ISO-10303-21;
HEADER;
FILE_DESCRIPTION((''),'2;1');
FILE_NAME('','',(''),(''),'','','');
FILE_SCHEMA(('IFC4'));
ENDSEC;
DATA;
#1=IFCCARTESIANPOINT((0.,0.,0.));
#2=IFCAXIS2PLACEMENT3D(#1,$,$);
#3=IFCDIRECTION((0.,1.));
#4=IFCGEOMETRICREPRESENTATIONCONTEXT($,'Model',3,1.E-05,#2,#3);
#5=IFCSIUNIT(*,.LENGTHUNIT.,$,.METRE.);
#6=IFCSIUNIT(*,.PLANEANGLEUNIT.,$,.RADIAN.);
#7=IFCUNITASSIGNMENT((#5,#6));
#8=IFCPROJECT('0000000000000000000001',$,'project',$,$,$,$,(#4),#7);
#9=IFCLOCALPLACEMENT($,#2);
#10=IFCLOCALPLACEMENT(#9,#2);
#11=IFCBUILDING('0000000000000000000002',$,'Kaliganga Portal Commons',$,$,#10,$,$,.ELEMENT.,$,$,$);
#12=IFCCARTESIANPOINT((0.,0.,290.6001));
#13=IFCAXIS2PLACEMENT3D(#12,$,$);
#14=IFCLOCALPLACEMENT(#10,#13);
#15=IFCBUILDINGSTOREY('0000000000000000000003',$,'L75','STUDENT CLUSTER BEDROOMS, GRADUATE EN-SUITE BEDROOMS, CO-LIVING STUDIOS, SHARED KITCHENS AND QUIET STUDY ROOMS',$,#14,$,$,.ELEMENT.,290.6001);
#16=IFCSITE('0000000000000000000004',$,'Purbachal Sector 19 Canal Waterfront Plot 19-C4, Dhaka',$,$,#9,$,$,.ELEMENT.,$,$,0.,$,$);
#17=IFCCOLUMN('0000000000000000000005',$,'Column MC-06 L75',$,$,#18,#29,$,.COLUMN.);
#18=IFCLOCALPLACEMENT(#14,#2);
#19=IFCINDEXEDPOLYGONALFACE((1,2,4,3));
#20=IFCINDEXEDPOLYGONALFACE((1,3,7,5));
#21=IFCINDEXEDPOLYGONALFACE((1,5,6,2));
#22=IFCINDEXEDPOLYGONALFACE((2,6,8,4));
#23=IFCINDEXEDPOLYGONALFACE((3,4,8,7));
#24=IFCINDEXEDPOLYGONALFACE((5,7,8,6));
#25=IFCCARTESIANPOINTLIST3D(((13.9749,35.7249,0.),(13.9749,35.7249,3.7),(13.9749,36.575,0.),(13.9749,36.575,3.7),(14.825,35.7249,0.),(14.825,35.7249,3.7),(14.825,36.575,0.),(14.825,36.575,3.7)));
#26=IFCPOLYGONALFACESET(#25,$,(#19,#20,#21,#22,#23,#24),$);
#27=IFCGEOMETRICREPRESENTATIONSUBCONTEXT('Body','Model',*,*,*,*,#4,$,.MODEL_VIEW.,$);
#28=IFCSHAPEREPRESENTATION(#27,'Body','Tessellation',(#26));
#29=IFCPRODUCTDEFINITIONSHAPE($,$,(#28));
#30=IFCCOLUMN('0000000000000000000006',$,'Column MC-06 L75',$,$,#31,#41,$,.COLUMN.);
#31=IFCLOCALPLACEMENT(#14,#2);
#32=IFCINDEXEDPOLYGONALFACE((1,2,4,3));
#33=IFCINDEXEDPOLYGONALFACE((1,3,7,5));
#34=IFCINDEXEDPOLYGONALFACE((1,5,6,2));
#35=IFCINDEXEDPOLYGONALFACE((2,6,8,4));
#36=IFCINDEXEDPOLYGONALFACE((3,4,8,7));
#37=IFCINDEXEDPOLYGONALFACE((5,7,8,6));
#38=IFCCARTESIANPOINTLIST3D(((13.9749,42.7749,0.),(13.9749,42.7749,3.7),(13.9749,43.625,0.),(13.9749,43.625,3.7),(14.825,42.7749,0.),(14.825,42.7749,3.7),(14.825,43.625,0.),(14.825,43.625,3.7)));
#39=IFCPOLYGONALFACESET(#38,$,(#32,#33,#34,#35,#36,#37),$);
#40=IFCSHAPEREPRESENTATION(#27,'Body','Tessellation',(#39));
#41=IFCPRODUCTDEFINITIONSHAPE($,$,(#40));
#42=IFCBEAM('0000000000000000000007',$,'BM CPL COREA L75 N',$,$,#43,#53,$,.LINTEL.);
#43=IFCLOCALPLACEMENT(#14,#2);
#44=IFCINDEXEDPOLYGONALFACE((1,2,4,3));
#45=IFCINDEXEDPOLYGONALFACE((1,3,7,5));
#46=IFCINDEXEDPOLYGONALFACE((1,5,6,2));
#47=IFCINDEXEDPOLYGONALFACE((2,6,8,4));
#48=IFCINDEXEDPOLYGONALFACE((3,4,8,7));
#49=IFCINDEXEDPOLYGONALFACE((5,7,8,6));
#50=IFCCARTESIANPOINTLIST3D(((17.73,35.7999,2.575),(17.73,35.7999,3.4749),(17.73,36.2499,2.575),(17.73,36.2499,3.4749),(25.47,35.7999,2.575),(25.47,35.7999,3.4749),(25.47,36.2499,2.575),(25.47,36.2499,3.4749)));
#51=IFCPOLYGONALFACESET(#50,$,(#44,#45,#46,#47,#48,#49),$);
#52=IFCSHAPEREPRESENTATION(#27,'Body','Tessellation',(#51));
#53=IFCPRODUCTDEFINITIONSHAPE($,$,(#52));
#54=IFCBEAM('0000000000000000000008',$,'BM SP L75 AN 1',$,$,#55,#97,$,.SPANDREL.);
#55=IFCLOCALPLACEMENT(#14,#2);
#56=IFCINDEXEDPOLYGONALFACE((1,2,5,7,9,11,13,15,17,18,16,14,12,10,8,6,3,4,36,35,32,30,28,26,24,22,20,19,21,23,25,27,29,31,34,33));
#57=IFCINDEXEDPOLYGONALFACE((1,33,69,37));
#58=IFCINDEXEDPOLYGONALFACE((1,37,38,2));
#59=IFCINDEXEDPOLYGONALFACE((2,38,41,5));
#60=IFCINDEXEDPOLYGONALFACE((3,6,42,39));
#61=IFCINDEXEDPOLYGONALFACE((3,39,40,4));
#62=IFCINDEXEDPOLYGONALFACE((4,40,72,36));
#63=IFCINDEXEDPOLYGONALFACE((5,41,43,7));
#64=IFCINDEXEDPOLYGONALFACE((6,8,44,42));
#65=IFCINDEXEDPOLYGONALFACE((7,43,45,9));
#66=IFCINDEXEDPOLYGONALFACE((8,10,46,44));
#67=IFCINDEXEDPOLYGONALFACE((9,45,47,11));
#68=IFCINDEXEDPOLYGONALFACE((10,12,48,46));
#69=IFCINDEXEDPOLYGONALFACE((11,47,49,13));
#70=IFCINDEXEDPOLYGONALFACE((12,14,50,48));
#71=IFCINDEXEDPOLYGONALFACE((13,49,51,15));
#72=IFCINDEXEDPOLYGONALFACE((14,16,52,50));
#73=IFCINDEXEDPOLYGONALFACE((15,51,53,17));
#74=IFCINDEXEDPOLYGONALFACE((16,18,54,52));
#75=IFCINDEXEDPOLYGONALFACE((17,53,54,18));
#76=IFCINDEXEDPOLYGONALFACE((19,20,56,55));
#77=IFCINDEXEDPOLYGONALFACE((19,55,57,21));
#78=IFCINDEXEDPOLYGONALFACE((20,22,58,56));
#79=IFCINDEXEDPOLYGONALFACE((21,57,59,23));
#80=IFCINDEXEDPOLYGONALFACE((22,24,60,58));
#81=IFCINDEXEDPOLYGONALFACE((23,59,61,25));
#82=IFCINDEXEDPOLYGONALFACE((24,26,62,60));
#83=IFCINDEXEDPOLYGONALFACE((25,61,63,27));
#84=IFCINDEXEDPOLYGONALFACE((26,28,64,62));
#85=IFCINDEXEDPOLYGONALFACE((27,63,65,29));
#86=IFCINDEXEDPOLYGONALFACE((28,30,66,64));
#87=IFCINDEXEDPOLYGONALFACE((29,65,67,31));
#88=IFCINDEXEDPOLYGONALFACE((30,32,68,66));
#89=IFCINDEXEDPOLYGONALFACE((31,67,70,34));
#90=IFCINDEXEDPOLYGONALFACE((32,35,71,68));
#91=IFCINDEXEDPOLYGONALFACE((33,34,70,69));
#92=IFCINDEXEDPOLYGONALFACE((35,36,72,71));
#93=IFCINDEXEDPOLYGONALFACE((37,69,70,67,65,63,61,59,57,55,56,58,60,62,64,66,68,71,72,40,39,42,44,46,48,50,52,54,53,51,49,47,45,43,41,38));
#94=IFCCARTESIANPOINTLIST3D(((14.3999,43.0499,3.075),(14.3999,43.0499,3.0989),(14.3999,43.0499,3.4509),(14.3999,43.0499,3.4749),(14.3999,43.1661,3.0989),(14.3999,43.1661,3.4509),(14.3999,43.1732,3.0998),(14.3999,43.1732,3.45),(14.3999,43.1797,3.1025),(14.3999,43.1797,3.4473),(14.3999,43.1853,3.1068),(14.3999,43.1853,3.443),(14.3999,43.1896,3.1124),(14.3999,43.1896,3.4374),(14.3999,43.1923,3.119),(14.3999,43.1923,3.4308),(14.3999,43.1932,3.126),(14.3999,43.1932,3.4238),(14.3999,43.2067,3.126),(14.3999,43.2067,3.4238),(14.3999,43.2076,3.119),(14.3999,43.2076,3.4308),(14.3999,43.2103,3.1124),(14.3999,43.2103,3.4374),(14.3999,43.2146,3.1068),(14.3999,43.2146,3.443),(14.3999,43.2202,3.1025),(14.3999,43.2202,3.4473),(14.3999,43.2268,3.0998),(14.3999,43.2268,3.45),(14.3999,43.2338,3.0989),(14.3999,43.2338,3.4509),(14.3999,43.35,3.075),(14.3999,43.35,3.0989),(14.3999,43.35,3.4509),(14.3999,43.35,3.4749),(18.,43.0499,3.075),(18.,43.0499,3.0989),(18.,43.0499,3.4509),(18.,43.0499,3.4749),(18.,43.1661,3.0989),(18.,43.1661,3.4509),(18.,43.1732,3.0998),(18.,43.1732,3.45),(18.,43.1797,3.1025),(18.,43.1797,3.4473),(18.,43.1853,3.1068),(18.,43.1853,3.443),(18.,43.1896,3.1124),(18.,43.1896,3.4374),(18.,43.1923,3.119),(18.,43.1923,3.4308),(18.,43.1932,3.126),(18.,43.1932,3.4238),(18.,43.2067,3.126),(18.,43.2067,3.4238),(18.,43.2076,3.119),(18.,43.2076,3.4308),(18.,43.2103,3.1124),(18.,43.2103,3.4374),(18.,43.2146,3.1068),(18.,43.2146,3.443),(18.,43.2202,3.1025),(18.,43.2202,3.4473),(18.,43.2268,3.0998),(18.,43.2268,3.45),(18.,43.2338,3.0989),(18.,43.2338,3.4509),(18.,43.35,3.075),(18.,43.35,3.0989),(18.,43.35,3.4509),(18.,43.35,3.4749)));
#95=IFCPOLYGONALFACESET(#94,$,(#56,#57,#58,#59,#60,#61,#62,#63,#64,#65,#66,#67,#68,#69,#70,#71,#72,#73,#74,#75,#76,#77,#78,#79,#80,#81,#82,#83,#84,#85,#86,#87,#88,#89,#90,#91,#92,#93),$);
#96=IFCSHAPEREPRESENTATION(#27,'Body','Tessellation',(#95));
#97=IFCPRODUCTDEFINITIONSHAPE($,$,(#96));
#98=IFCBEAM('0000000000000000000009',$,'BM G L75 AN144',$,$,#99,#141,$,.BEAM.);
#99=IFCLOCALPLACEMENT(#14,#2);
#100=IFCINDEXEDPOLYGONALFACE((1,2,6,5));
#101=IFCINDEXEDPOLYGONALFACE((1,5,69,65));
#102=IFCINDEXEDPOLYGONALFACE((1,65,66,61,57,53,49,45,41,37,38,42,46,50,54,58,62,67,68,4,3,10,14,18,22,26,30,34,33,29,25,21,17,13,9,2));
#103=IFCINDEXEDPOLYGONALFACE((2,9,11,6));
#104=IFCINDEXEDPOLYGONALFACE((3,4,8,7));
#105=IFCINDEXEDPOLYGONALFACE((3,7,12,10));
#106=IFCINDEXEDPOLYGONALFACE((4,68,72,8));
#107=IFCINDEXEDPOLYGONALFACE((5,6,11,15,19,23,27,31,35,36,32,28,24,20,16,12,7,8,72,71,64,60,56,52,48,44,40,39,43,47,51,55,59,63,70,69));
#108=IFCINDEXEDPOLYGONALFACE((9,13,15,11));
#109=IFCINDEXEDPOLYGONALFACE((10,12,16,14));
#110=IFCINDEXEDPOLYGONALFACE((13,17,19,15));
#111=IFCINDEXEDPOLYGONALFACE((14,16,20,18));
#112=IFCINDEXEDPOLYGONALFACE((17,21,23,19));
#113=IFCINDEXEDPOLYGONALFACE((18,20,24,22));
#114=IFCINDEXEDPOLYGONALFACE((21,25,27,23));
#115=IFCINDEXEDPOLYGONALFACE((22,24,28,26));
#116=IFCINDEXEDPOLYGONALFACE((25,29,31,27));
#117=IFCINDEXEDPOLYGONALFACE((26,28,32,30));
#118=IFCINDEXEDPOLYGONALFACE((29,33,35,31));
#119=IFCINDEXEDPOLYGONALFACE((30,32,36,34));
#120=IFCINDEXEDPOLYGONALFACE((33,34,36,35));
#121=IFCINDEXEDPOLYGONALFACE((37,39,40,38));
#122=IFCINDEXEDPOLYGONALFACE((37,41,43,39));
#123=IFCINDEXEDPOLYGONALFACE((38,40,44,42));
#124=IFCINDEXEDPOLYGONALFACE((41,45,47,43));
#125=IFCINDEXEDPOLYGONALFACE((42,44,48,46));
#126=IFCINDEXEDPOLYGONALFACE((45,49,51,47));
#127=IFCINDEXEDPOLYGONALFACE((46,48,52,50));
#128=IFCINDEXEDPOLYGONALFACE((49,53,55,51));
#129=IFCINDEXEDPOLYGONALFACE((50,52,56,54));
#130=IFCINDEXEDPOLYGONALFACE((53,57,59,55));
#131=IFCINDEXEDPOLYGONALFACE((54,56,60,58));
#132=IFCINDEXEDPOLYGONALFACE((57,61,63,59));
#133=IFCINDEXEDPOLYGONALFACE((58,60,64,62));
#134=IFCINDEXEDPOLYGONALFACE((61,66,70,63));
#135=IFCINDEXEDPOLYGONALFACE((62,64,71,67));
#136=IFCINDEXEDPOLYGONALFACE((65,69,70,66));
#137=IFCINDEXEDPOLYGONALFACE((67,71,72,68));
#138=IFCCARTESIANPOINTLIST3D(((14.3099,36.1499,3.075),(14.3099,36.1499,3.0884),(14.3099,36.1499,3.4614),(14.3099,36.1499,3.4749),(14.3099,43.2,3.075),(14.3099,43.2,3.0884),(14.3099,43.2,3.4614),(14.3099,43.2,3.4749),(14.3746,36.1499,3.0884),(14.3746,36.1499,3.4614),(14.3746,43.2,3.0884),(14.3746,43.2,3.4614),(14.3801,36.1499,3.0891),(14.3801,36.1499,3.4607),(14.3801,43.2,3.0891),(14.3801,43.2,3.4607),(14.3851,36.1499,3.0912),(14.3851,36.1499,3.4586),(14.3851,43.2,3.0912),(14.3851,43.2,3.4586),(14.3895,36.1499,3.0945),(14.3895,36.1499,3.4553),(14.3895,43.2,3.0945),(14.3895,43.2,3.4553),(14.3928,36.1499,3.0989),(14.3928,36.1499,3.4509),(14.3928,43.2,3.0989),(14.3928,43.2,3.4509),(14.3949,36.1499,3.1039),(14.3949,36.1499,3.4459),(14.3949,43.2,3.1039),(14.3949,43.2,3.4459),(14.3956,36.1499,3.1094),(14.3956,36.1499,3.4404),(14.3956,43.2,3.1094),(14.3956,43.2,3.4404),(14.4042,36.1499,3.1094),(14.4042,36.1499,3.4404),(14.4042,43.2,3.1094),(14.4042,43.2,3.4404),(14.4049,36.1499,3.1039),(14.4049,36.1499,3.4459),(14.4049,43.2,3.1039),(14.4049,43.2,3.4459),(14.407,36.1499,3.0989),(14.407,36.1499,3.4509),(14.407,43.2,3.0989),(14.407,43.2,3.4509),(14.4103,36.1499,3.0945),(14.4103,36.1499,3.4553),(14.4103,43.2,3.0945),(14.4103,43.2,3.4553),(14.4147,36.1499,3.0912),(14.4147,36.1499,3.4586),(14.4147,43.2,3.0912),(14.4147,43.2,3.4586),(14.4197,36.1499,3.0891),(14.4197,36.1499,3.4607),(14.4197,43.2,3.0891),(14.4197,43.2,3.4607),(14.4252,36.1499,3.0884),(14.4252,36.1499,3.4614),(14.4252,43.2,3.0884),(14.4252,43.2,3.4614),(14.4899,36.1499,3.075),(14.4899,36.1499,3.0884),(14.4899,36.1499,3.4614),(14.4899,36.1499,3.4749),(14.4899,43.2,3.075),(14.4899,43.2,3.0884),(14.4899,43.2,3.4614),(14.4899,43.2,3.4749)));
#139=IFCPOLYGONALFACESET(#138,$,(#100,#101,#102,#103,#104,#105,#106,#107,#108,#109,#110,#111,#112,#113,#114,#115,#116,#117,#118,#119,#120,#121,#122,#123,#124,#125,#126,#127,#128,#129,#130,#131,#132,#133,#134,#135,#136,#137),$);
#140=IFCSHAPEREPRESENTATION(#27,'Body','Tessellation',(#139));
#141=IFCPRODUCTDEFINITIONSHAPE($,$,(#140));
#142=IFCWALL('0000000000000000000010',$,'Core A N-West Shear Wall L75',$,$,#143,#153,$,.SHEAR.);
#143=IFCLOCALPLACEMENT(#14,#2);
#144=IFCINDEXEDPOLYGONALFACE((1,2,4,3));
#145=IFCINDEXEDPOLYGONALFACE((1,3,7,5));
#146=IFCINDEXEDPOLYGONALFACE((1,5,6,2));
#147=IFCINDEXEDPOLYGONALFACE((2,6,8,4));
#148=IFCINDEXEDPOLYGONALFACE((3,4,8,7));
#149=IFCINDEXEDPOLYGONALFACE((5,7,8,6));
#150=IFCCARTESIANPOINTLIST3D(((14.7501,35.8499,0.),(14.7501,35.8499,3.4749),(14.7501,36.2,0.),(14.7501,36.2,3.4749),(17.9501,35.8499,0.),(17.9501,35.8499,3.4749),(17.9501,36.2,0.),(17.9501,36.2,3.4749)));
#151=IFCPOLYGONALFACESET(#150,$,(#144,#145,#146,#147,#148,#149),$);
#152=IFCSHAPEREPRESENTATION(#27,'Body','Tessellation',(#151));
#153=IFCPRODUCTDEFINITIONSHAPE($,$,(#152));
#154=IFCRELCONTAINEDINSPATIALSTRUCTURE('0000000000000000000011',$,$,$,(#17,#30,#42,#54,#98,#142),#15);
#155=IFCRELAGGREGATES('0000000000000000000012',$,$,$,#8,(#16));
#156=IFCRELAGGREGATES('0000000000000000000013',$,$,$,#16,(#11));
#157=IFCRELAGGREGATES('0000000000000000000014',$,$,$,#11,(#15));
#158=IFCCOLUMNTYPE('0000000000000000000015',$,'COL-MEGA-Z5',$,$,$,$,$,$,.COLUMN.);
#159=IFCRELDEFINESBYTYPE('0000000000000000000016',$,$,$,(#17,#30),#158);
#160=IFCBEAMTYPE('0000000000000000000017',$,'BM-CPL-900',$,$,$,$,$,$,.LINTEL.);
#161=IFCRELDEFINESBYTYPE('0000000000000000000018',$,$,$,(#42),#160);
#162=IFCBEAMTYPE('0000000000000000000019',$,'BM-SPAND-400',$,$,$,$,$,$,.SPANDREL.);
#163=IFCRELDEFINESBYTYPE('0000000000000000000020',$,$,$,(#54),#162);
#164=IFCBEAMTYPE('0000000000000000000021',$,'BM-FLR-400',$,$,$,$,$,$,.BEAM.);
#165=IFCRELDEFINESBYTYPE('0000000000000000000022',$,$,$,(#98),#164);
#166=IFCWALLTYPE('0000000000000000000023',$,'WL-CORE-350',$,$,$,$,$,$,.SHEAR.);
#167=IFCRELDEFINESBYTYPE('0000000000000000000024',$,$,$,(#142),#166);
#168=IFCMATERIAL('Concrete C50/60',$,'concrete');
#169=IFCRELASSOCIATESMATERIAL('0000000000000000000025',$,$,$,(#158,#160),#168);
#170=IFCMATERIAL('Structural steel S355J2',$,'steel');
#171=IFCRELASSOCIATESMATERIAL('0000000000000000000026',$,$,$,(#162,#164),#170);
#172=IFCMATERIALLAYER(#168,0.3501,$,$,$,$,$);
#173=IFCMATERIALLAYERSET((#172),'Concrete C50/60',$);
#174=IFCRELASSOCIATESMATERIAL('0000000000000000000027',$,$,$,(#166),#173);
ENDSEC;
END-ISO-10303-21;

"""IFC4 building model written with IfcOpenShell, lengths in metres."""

from ifc_helpers import new_model, si_unit, direction, frame, frame_2d, origin, origin_2d, place, context, subcontext, project, spatial, rectangle, i_section, extrude, source, transform, mapped, material, layer, layer_set, material_profile, profile_set, type_object, element, save


model = new_model("IFC4")

# Units and contexts
model_context = context("Model", 3, precision=1e-05, world=origin(), true_north=direction((0.0, 1.0)))
body_context = subcontext(model_context, "Body", "Model", "MODEL_VIEW")
ifc_project = project(units=[si_unit("LENGTHUNIT", "METRE"), si_unit("PLANEANGLEUNIT", "RADIAN")], contexts=[model_context])

# Site, building, storey
site_placement = place(None, origin())
site = spatial("IfcSite", under=ifc_project, at=site_placement, Name="Purbachal Sector 19 Canal Waterfront Plot 19-C4, Dhaka", CompositionType="ELEMENT", RefElevation=0.0)
building_placement = place(site_placement, origin())
building = spatial("IfcBuilding", under=site, at=building_placement, Name="Kaliganga Portal Commons", CompositionType="ELEMENT")
storey_placement = place(building_placement, frame((0.0, 0.0, 290.6001)))
storey = spatial("IfcBuildingStorey", under=building, at=storey_placement, Name="L75", Description="STUDENT CLUSTER BEDROOMS, GRADUATE EN-SUITE BEDROOMS, CO-LIVING STUDIOS, SHARED KITCHENS AND QUIET STUDY ROOMS", CompositionType="ELEMENT", Elevation=290.6001)

# Columns
ifc_material_1 = material(Name="Concrete C50/60", Category="concrete")
ifc_material_profile_1 = material_profile(ifc_material_1, rectangle(XDim=0.8501, YDim=0.8501, at=origin_2d()), Name="RC 850x850")
ifc_profile_set_1 = profile_set([ifc_material_profile_1], Name="Concrete C50/60")
column_type = type_object("IfcColumnType", Name="COL-MEGA-Z5", PredefinedType="COLUMN", material=ifc_profile_set_1)
shared_shape_1 = source(origin(), body_context, "Body", "SweptSolid", [
    extrude(rectangle(XDim=0.8501, YDim=0.8501, at=origin_2d()), origin(), (0.0, 0.0, 1.0), 3.7),
])
for number, where, z_axis, x_axis, name in (
    (1, (14.3999, 36.1499, 0.0), (0.0, 0.0, 1.0), (1.0, 0.0, 0.0), "Column MC-06 L75"),
    (2, (14.3999, 43.2, 0.0), (0.0, 0.0, 1.0), (1.0, 0.0, 0.0), "Column MC-06 L75"),
):
    element("IfcColumn", number, at=place(storey_placement, frame(where, z_axis=z_axis, x_axis=x_axis)), inside=storey, type_object=column_type, Name=name, PredefinedType="COLUMN", context=body_context, shape_type="MappedRepresentation", body=[
        mapped(shared_shape_1, transform((0.0, 0.0, 0.0), x_axis=(1.0, 0.0, 0.0), y_axis=(0.0, 1.0, 0.0), z_axis=(0.0, 0.0, 1.0), scale=1.0)),
    ])

# Beams
ifc_material_profile_2 = material_profile(ifc_material_1, rectangle(XDim=0.45, YDim=0.8999, at=origin_2d()), Name="RC 450x900")
ifc_profile_set_2 = profile_set([ifc_material_profile_2], Name="Concrete C50/60")
beam_type_1 = type_object("IfcBeamType", Name="BM-CPL-900", PredefinedType="LINTEL", material=ifc_profile_set_2)
shared_shape_2 = source(origin(), body_context, "Body", "SweptSolid", [
    extrude(rectangle(XDim=0.45, YDim=0.8999, at=origin_2d()), origin(), (0.0, 0.0, 1.0), 7.74),
])
beam_1_placement = place(storey_placement, frame((17.73, 36.0249, 3.0249), z_axis=(1.0, 0.0, 0.0), x_axis=(0.0, 1.0, 0.0)))
element("IfcBeam", 3, at=beam_1_placement, inside=storey, type_object=beam_type_1, Name="BM CPL COREA L75 N", PredefinedType="LINTEL", context=body_context, shape_type="MappedRepresentation", body=[
    mapped(shared_shape_2, transform((0.0, 0.0, 0.0), x_axis=(1.0, 0.0, 0.0), y_axis=(0.0, 1.0, 0.0), z_axis=(0.0, 0.0, 1.0), scale=1.0)),
])
ifc_material_2 = material(Name="Structural steel S355J2", Category="steel")
ifc_material_profile_3 = material_profile(ifc_material_2, i_section(OverallWidth=0.3, OverallDepth=0.3999, WebThickness=0.0134, FlangeThickness=0.0239, FilletRadius=0.0271, at=origin_2d()), Name="HE 400 B")
ifc_profile_set_3 = profile_set([ifc_material_profile_3], Name="Structural steel S355J2 wide-flange")
beam_type_2 = type_object("IfcBeamType", Name="BM-SPAND-400", PredefinedType="SPANDREL", material=ifc_profile_set_3)
shared_shape_3 = source(origin(), body_context, "Body", "SweptSolid", [
    extrude(i_section(OverallWidth=0.3, OverallDepth=0.3999, WebThickness=0.0134, FlangeThickness=0.0239, FilletRadius=0.0271, at=origin_2d()), origin(), (0.0, 0.0, 1.0), 3.6001),
])
beam_2_placement = place(storey_placement, frame((14.3999, 43.2, 3.2749), z_axis=(1.0, 0.0, 0.0), x_axis=(0.0, 1.0, 0.0)))
element("IfcBeam", 4, at=beam_2_placement, inside=storey, type_object=beam_type_2, Name="BM SP L75 AN 1", PredefinedType="SPANDREL", context=body_context, shape_type="MappedRepresentation", body=[
    mapped(shared_shape_3, transform((0.0, 0.0, 0.0), x_axis=(1.0, 0.0, 0.0), y_axis=(0.0, 1.0, 0.0), z_axis=(0.0, 0.0, 1.0), scale=1.0)),
])
ifc_material_profile_4 = material_profile(ifc_material_2, i_section(OverallWidth=0.1799, OverallDepth=0.3999, WebThickness=0.0085, FlangeThickness=0.0134, FilletRadius=0.021, at=origin_2d()), Name="IPE 400")
ifc_profile_set_4 = profile_set([ifc_material_profile_4], Name="Structural steel S355J2 wide-flange")
beam_type_3 = type_object("IfcBeamType", Name="BM-FLR-400", PredefinedType="BEAM", material=ifc_profile_set_4)
shared_shape_4 = source(origin(), body_context, "Body", "SweptSolid", [
    extrude(i_section(OverallWidth=0.1799, OverallDepth=0.3999, WebThickness=0.0085, FlangeThickness=0.0134, FilletRadius=0.021, at=origin_2d()), origin(), (0.0, 0.0, 1.0), 7.05),
])
beam_3_placement = place(storey_placement, frame((14.3999, 36.1499, 3.2749), z_axis=(0.0, 1.0, 0.0), x_axis=(-1.0, 0.0, 0.0)))
element("IfcBeam", 5, at=beam_3_placement, inside=storey, type_object=beam_type_3, Name="BM G L75 AN144", PredefinedType="BEAM", context=body_context, shape_type="MappedRepresentation", body=[
    mapped(shared_shape_4, transform((0.0, 0.0, 0.0), x_axis=(1.0, 0.0, 0.0), y_axis=(0.0, 1.0, 0.0), z_axis=(0.0, 0.0, 1.0), scale=1.0)),
])

# Wall
ifc_layer_1 = layer(ifc_material_1, 0.3501)
ifc_layer_set_1 = layer_set([ifc_layer_1], Name="Concrete C50/60")
wall_type_1 = type_object("IfcWallType", Name="WL-CORE-350", PredefinedType="SHEAR", material=ifc_layer_set_1)
wall_1_placement = place(storey_placement, frame((14.75, 36.0249, 0.0), z_axis=(0.0, 0.0, 1.0), x_axis=(1.0, 0.0, 0.0)))
element("IfcWall", 6, at=wall_1_placement, inside=storey, type_object=wall_type_1, Name="Core A N-West Shear Wall L75", PredefinedType="SHEAR", context=body_context, shape_type="SweptSolid", body=[
    extrude(rectangle(XDim=3.2, YDim=0.3501, at=frame_2d((1.6001, 0.0))), origin(), (0.0, 0.0, 1.0), 3.4749),
])

save(model, "model.ifc")
